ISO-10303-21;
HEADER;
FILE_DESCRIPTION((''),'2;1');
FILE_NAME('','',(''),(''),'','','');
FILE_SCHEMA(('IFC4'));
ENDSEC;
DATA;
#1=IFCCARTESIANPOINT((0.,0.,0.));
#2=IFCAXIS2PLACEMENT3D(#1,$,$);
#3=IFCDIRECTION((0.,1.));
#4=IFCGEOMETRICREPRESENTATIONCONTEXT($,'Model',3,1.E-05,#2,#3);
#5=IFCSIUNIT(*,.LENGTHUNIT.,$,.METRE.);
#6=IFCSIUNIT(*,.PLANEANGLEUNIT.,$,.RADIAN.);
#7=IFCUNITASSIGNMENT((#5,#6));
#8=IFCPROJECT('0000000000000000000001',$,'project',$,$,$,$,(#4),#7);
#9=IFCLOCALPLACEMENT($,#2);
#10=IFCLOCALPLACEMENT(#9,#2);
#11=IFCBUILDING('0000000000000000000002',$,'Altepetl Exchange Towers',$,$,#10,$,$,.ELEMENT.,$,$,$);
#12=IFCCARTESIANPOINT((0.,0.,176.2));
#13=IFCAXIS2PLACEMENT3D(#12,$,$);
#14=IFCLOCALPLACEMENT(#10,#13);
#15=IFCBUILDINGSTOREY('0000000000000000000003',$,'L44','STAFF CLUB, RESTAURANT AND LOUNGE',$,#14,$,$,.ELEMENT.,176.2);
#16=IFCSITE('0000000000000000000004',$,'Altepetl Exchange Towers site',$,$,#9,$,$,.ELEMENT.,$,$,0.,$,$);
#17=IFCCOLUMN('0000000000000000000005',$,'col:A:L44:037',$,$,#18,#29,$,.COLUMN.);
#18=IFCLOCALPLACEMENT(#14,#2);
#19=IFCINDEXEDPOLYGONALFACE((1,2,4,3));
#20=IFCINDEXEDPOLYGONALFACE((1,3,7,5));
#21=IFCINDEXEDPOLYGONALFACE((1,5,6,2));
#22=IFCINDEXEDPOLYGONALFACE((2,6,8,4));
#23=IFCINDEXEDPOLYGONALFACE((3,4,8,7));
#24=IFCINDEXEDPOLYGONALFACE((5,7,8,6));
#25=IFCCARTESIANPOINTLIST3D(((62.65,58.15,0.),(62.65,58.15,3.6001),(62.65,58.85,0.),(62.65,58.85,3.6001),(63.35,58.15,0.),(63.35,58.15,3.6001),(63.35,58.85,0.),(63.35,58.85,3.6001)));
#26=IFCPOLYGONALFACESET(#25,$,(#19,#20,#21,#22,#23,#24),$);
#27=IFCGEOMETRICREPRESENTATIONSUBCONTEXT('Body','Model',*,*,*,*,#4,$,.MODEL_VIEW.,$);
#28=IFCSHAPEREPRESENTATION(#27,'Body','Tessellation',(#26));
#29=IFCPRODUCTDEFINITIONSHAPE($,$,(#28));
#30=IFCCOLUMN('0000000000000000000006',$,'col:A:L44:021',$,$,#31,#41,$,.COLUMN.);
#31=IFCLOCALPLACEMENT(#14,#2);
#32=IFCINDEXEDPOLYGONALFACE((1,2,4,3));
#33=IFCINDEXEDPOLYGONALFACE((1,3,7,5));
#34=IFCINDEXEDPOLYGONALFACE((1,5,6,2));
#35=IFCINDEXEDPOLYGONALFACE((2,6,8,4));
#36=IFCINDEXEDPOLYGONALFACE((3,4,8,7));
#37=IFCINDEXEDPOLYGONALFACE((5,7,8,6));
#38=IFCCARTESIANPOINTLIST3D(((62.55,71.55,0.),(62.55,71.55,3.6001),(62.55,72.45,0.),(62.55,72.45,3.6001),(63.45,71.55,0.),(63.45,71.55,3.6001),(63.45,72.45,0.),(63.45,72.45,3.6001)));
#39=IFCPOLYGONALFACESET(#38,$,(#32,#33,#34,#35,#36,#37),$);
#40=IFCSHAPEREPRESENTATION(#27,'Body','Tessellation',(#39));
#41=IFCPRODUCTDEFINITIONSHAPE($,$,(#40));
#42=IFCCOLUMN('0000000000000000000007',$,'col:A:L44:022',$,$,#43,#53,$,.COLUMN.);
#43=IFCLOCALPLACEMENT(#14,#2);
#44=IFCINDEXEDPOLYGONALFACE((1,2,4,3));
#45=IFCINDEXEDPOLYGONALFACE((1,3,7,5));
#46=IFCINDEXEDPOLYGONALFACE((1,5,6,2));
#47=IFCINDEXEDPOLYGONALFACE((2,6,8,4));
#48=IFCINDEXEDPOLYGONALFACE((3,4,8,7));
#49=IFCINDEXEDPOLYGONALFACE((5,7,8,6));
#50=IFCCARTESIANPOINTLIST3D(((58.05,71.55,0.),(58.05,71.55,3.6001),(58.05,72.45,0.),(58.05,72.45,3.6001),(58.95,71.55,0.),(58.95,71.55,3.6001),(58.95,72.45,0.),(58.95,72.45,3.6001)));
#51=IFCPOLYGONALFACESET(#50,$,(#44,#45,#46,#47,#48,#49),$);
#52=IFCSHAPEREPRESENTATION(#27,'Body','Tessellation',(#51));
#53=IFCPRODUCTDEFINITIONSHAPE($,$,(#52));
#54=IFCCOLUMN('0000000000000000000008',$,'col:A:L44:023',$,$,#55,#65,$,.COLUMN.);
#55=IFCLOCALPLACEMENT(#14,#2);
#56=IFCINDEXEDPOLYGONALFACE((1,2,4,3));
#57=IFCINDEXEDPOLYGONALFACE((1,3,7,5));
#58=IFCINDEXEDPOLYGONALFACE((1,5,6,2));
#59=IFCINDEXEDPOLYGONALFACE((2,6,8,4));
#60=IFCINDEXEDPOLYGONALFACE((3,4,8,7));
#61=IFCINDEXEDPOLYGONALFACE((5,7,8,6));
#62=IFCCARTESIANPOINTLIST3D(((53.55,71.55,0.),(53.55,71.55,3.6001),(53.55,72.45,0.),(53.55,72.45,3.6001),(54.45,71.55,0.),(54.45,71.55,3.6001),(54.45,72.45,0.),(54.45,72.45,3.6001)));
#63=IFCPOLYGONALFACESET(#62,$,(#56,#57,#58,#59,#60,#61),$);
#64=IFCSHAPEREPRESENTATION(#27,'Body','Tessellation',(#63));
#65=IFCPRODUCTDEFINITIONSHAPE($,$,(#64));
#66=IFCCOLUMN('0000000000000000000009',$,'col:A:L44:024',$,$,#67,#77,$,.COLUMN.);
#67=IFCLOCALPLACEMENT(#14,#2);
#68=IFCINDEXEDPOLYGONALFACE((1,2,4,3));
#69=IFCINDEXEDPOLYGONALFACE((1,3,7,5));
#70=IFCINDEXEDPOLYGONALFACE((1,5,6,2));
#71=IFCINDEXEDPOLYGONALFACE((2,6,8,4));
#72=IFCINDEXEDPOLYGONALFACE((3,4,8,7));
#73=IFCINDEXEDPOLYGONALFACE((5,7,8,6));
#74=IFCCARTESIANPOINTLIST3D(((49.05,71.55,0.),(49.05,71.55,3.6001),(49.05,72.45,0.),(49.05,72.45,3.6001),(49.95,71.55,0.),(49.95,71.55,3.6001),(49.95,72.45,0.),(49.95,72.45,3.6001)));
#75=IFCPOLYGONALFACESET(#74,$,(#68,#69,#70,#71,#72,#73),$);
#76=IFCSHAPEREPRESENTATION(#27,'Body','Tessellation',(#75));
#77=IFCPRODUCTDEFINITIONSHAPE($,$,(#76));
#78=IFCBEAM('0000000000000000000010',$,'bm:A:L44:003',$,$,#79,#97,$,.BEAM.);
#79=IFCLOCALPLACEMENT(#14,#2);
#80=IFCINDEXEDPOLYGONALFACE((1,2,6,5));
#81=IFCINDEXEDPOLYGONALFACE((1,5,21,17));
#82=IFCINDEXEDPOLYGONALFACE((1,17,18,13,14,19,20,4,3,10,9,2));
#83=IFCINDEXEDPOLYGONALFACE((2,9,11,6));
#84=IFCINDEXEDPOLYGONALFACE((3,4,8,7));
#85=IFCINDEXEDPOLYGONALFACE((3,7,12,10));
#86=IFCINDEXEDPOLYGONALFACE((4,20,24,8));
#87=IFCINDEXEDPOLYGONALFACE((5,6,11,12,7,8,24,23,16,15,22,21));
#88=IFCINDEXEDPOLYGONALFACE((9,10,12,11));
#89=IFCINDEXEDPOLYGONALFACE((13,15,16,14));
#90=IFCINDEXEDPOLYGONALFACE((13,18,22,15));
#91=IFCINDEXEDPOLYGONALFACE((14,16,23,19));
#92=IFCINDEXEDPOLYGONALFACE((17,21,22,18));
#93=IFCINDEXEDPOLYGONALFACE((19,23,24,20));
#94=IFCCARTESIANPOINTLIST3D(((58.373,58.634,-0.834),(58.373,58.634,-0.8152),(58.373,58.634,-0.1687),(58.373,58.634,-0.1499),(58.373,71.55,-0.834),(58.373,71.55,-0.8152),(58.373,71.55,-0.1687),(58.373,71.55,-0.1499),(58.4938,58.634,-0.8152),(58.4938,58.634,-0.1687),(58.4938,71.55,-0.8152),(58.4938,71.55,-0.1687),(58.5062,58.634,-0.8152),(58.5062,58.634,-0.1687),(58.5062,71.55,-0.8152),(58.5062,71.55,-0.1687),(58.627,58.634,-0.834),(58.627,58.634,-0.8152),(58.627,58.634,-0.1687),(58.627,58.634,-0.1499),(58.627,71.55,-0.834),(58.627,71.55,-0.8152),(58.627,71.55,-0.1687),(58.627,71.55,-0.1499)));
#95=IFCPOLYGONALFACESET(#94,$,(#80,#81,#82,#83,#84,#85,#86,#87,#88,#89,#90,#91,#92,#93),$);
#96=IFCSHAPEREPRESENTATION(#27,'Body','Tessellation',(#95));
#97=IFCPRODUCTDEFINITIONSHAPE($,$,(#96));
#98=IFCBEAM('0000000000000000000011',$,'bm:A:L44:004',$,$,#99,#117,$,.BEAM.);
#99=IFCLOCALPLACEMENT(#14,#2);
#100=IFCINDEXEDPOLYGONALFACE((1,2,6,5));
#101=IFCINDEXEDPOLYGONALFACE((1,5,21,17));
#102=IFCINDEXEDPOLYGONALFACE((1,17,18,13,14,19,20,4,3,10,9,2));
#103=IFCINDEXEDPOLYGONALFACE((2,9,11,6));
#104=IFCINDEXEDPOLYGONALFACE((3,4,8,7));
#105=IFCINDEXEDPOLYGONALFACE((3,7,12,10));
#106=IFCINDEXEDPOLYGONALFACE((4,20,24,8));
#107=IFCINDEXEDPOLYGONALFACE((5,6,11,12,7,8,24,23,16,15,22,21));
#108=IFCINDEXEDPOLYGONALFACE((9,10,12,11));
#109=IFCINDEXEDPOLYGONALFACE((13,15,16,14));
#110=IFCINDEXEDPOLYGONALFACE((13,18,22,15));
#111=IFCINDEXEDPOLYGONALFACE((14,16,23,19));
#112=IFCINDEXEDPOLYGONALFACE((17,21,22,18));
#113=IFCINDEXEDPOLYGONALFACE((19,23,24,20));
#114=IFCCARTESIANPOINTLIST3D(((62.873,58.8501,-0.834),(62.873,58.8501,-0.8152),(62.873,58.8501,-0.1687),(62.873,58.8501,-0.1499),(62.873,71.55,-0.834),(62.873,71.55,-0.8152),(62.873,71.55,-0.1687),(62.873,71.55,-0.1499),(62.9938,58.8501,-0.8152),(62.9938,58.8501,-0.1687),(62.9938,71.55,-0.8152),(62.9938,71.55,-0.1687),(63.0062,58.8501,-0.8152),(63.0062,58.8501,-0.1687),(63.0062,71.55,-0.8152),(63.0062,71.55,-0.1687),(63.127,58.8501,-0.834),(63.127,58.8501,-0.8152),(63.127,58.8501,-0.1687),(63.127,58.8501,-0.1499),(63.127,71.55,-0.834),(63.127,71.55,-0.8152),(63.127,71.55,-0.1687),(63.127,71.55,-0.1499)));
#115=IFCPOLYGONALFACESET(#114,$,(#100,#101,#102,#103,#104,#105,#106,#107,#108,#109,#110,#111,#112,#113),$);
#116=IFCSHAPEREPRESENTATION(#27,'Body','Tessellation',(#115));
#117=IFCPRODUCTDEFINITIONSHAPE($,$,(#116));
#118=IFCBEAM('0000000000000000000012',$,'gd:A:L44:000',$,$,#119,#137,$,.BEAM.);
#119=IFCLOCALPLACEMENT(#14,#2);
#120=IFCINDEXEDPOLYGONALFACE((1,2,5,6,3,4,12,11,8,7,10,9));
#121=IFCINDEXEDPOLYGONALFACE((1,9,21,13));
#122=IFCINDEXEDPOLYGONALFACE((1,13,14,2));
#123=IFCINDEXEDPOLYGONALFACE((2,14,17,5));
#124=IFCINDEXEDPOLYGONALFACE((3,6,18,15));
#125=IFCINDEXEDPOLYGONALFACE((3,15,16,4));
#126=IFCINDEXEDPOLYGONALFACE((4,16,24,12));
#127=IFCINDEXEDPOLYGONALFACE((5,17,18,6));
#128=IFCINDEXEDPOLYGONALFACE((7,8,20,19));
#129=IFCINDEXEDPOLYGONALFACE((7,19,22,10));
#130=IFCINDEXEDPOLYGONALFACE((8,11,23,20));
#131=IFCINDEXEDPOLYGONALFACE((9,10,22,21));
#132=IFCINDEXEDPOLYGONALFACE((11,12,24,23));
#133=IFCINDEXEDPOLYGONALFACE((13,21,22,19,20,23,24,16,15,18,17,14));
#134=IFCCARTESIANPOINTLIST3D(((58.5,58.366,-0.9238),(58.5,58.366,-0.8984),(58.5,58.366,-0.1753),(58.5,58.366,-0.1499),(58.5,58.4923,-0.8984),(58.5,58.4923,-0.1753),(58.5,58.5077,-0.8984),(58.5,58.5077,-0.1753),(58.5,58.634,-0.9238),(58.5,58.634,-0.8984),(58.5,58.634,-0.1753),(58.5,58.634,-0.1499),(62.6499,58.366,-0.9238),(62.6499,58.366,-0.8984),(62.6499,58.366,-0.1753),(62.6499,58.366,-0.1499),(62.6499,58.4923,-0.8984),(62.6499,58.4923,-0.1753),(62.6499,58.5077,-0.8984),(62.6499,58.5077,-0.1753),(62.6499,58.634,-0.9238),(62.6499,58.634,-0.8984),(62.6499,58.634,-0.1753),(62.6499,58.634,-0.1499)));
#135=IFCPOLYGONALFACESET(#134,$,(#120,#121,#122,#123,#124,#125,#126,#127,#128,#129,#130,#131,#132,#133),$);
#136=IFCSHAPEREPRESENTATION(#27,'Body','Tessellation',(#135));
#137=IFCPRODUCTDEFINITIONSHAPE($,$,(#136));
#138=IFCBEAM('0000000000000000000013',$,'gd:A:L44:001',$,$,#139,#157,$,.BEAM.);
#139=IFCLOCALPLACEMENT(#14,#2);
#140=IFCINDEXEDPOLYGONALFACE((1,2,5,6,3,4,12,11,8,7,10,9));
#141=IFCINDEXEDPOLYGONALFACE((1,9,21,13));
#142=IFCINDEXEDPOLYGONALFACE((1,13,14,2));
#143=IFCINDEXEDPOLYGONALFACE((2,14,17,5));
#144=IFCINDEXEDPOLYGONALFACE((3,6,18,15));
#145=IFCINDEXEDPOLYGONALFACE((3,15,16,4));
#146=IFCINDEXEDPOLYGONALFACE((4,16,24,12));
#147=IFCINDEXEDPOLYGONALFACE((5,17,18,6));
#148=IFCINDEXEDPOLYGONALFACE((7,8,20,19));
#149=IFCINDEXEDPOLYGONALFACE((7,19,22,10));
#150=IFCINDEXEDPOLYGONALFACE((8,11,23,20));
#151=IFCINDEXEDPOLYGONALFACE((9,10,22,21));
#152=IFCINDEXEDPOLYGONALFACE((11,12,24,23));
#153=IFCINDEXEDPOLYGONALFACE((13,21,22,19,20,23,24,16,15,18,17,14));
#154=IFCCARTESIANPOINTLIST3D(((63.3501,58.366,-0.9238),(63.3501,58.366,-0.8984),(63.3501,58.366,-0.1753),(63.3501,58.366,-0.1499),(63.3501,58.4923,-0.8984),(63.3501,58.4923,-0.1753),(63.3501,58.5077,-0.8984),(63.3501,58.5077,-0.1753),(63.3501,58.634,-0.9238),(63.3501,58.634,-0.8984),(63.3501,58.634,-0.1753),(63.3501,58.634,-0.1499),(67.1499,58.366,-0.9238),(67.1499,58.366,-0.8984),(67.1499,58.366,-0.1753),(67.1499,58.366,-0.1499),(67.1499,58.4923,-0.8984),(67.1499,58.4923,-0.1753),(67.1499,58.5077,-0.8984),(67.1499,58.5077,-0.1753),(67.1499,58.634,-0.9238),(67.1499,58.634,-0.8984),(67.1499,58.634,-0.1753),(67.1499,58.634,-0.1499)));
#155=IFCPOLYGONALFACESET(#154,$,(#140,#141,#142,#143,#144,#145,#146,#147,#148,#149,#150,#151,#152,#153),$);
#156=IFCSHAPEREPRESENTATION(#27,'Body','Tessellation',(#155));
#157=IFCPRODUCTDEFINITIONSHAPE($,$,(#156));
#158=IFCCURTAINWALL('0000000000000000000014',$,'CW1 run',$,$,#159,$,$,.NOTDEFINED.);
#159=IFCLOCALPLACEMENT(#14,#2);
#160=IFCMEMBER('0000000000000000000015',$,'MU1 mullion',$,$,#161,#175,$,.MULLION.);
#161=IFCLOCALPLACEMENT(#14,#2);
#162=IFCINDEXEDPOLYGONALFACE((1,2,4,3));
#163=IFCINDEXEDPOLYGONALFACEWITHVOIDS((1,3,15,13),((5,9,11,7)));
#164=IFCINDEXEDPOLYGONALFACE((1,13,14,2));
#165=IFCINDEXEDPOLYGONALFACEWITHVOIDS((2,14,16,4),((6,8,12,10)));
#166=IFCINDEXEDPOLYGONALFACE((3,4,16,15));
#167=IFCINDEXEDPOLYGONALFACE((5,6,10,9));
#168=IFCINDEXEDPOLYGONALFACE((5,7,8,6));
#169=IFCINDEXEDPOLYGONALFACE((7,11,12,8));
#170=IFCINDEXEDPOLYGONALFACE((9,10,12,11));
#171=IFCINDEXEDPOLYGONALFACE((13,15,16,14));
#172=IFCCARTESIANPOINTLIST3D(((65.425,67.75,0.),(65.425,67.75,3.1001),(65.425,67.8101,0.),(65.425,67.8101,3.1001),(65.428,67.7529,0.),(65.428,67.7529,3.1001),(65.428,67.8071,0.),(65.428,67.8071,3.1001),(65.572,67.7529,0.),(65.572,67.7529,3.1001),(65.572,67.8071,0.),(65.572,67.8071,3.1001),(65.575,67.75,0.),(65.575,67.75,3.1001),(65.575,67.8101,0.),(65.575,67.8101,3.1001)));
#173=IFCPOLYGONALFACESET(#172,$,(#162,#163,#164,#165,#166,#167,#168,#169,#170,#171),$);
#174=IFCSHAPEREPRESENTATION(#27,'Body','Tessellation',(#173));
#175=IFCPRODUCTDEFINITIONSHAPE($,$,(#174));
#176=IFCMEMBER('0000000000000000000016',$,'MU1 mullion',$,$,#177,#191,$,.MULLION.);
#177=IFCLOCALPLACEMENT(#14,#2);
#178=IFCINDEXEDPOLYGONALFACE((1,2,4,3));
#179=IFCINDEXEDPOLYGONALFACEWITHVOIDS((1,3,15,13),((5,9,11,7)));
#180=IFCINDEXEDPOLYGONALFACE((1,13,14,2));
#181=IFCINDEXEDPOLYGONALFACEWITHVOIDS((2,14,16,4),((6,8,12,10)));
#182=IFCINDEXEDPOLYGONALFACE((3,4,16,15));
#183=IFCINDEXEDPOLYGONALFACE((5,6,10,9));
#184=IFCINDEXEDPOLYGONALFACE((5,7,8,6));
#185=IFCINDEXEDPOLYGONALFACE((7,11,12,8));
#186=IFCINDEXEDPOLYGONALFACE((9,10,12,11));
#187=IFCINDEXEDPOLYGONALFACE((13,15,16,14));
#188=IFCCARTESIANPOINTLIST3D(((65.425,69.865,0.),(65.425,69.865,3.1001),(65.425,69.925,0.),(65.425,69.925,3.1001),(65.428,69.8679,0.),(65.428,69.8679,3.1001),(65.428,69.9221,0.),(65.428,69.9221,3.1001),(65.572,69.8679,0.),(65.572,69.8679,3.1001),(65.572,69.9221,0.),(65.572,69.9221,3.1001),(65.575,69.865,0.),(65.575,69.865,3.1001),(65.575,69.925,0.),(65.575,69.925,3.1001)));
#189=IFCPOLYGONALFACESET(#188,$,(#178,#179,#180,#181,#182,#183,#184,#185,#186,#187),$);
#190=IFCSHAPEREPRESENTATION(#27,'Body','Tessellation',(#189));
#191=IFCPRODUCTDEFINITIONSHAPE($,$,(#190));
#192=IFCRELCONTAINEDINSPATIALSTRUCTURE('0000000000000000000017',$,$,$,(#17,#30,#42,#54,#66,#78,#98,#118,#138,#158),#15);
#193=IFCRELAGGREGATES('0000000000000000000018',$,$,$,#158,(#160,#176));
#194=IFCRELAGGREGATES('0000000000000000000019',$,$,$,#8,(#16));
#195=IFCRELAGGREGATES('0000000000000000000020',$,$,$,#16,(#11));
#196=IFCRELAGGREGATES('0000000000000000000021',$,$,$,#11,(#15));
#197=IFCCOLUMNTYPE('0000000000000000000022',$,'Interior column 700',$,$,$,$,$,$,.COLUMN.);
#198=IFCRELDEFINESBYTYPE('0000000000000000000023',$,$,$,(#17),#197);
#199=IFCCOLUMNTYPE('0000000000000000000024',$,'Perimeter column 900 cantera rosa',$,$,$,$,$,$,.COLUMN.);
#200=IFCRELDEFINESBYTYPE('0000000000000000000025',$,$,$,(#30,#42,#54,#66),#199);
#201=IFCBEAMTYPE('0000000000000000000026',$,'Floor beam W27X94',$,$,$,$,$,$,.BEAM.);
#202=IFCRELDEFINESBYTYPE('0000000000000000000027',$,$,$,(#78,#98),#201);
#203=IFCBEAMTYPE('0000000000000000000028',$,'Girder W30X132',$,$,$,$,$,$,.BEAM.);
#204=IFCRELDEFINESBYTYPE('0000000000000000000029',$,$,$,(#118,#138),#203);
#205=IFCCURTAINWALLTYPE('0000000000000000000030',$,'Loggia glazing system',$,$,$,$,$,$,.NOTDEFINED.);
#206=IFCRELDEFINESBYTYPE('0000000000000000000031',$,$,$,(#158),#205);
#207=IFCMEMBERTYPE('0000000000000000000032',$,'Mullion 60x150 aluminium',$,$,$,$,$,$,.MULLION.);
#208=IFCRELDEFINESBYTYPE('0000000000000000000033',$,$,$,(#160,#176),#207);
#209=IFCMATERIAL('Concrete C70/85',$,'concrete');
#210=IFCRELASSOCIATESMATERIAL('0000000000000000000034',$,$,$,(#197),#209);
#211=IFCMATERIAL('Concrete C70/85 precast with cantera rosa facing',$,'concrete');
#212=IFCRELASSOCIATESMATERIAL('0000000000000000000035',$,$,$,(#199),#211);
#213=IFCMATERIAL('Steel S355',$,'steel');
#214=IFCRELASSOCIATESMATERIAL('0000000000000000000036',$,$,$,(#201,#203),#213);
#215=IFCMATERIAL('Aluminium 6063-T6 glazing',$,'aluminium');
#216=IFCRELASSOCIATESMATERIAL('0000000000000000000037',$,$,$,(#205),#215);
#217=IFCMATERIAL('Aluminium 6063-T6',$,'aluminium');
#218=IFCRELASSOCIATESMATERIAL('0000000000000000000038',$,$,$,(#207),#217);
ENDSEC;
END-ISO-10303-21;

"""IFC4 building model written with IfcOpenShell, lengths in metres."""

from ifc_helpers import new_model, si_unit, direction, frame, origin, origin_2d, place, context, subcontext, project, spatial, rectangle, hollow_rectangle, i_section, extrude, material, material_profile, profile_set, type_object, element, aggregate, save


model = new_model("IFC4")

# Units and contexts
model_context = context("Model", 3, precision=1e-05, world=origin(), true_north=direction((0.0, 1.0)))
body_context = subcontext(model_context, "Body", "Model", "MODEL_VIEW")
ifc_project = project(units=[si_unit("LENGTHUNIT", "METRE"), si_unit("PLANEANGLEUNIT", "RADIAN")], contexts=[model_context])

# Site, building, storey
site_placement = place(None, origin())
site = spatial("IfcSite", under=ifc_project, at=site_placement, Name="Altepetl Exchange Towers site", CompositionType="ELEMENT", RefElevation=0.0)
building_placement = place(site_placement, origin())
building = spatial("IfcBuilding", under=site, at=building_placement, Name="Altepetl Exchange Towers", CompositionType="ELEMENT")
storey_placement = place(building_placement, frame((0.0, 0.0, 176.2)))
storey = spatial("IfcBuildingStorey", under=building, at=storey_placement, Name="L44", Description="STAFF CLUB, RESTAURANT AND LOUNGE", CompositionType="ELEMENT", Elevation=176.2)

# Columns
ifc_material_1 = material(Name="Concrete C70/85", Category="concrete")
ifc_material_profile_1 = material_profile(ifc_material_1, rectangle(XDim=0.7, YDim=0.7, at=origin_2d()), Name="700 x 700")
ifc_profile_set_1 = profile_set([ifc_material_profile_1], Name="Concrete C70/85")
column_type_1 = type_object("IfcColumnType", Name="Interior column 700", PredefinedType="COLUMN", material=ifc_profile_set_1)
column_placement = place(storey_placement, frame((63.0, 58.5, 0.0)))
element("IfcColumn", 1, at=column_placement, inside=storey, type_object=column_type_1, Name="col:A:L44:037", PredefinedType="COLUMN", context=body_context, shape_type="SweptSolid", body=[
    extrude(rectangle(XDim=0.7, YDim=0.7, at=origin_2d()), origin(), (0.0, 0.0, 1.0), 3.6001),
])
ifc_material_2 = material(Name="Concrete C70/85 precast with cantera rosa facing", Category="concrete")
ifc_material_profile_2 = material_profile(ifc_material_2, rectangle(XDim=0.8999, YDim=0.8999, at=origin_2d()), Name="900 x 900")
ifc_profile_set_2 = profile_set([ifc_material_profile_2], Name="Concrete C70/85 precast with cantera rosa facing")
column_type_2 = type_object("IfcColumnType", Name="Perimeter column 900 cantera rosa", PredefinedType="COLUMN", material=ifc_profile_set_2)
for number, where, name in (
    (2, (63.0, 72.0, 0.0), "col:A:L44:021"),
    (3, (58.5, 72.0, 0.0), "col:A:L44:022"),
    (4, (54.0, 72.0, 0.0), "col:A:L44:023"),
    (5, (49.5, 72.0, 0.0), "col:A:L44:024"),
):
    element("IfcColumn", number, at=place(storey_placement, frame(where)), inside=storey, type_object=column_type_2, Name=name, PredefinedType="COLUMN", context=body_context, shape_type="SweptSolid", body=[
        extrude(rectangle(XDim=0.8999, YDim=0.8999, at=origin_2d()), origin(), (0.0, 0.0, 1.0), 3.6001),
    ])

# Beams
ifc_material_3 = material(Name="Steel S355", Category="steel")
ifc_material_profile_3 = material_profile(ifc_material_3, i_section(OverallWidth=0.2539, OverallDepth=0.6841, WebThickness=0.0125, FlangeThickness=0.0188, at=origin_2d()), Name="W27X94")
ifc_profile_set_3 = profile_set([ifc_material_profile_3], Name="Steel S355")
beam_type_1 = type_object("IfcBeamType", Name="Floor beam W27X94", PredefinedType="BEAM", material=ifc_profile_set_3)
beam_1_placement = place(storey_placement, frame((58.5, 58.634, -0.4919), z_axis=(0.0, 1.0, 0.0), x_axis=(-1.0, 0.0, 0.0)))
element("IfcBeam", 6, at=beam_1_placement, inside=storey, type_object=beam_type_1, Name="bm:A:L44:003", PredefinedType="BEAM", context=body_context, shape_type="SweptSolid", body=[
    extrude(i_section(OverallWidth=0.2539, OverallDepth=0.6841, WebThickness=0.0125, FlangeThickness=0.0188, at=origin_2d()), origin(), (0.0, 0.0, 1.0), 12.916),
])
beam_2_placement = place(storey_placement, frame((63.0, 58.8501, -0.4919), z_axis=(0.0, 1.0, 0.0), x_axis=(-1.0, 0.0, 0.0)))
element("IfcBeam", 7, at=beam_2_placement, inside=storey, type_object=beam_type_1, Name="bm:A:L44:004", PredefinedType="BEAM", context=body_context, shape_type="SweptSolid", body=[
    extrude(i_section(OverallWidth=0.2539, OverallDepth=0.6841, WebThickness=0.0125, FlangeThickness=0.0188, at=origin_2d()), origin(), (0.0, 0.0, 1.0), 12.7),
])
ifc_material_profile_4 = material_profile(ifc_material_3, i_section(OverallWidth=0.2681, OverallDepth=0.7739, WebThickness=0.0154, FlangeThickness=0.0254, at=origin_2d()), Name="W30X132")
ifc_profile_set_4 = profile_set([ifc_material_profile_4], Name="Steel S355")
beam_type_2 = type_object("IfcBeamType", Name="Girder W30X132", PredefinedType="BEAM", material=ifc_profile_set_4)
beam_3_placement = place(storey_placement, frame((58.5, 58.5, -0.5369), z_axis=(1.0, 0.0, 0.0), x_axis=(0.0, 1.0, 0.0)))
element("IfcBeam", 8, at=beam_3_placement, inside=storey, type_object=beam_type_2, Name="gd:A:L44:000", PredefinedType="BEAM", context=body_context, shape_type="SweptSolid", body=[
    extrude(i_section(OverallWidth=0.2681, OverallDepth=0.7739, WebThickness=0.0154, FlangeThickness=0.0254, at=origin_2d()), origin(), (0.0, 0.0, 1.0), 4.1499),
])
beam_4_placement = place(storey_placement, frame((63.3501, 58.5, -0.5369), z_axis=(1.0, 0.0, 0.0), x_axis=(0.0, 1.0, 0.0)))
element("IfcBeam", 9, at=beam_4_placement, inside=storey, type_object=beam_type_2, Name="gd:A:L44:001", PredefinedType="BEAM", context=body_context, shape_type="SweptSolid", body=[
    extrude(i_section(OverallWidth=0.2681, OverallDepth=0.7739, WebThickness=0.0154, FlangeThickness=0.0254, at=origin_2d()), origin(), (0.0, 0.0, 1.0), 3.7998),
])

# Curtain wall, members
ifc_material_4 = material(Name="Aluminium 6063-T6 glazing", Category="aluminium")
curtain_wall_type = type_object("IfcCurtainWallType", Name="Loggia glazing system", PredefinedType="NOTDEFINED", material=ifc_material_4)
curtain_wall_1_placement = place(storey_placement, origin())
curtain_wall_1 = element("IfcCurtainWall", 10, at=curtain_wall_1_placement, inside=storey, type_object=curtain_wall_type, Name="CW1 run", PredefinedType="NOTDEFINED")
ifc_material_5 = material(Name="Aluminium 6063-T6", Category="aluminium")
ifc_material_profile_5 = material_profile(ifc_material_5, hollow_rectangle(XDim=0.0601, YDim=0.1499, WallThickness=0.0029, at=origin_2d()), Name="Mullion 60x150 aluminium")
ifc_profile_set_5 = profile_set([ifc_material_profile_5], Name="Aluminium 6063-T6")
member_type = type_object("IfcMemberType", Name="Mullion 60x150 aluminium", PredefinedType="MULLION", material=ifc_profile_set_5)
member_1_placement = place(storey_placement, frame((65.5, 67.78, 0.0), z_axis=(0.0, 0.0, 1.0), x_axis=(0.0, 1.0, 0.0)))
member_1 = element("IfcMember", 11, at=member_1_placement, type_object=member_type, Name="MU1 mullion", PredefinedType="MULLION", context=body_context, shape_type="SweptSolid", body=[
    extrude(hollow_rectangle(XDim=0.0601, YDim=0.1499, WallThickness=0.0029, at=origin_2d()), origin(), (0.0, 0.0, 1.0), 3.1001),
])
member_2_placement = place(storey_placement, frame((65.5, 69.895, 0.0), z_axis=(0.0, 0.0, 1.0), x_axis=(0.0, 1.0, 0.0)))
member_2 = element("IfcMember", 12, at=member_2_placement, type_object=member_type, Name="MU1 mullion", PredefinedType="MULLION", context=body_context, shape_type="SweptSolid", body=[
    extrude(hollow_rectangle(XDim=0.0601, YDim=0.1499, WallThickness=0.0029, at=origin_2d()), origin(), (0.0, 0.0, 1.0), 3.1001),
])

aggregate(curtain_wall_1, [member_1, member_2])

save(model, "model.ifc")
